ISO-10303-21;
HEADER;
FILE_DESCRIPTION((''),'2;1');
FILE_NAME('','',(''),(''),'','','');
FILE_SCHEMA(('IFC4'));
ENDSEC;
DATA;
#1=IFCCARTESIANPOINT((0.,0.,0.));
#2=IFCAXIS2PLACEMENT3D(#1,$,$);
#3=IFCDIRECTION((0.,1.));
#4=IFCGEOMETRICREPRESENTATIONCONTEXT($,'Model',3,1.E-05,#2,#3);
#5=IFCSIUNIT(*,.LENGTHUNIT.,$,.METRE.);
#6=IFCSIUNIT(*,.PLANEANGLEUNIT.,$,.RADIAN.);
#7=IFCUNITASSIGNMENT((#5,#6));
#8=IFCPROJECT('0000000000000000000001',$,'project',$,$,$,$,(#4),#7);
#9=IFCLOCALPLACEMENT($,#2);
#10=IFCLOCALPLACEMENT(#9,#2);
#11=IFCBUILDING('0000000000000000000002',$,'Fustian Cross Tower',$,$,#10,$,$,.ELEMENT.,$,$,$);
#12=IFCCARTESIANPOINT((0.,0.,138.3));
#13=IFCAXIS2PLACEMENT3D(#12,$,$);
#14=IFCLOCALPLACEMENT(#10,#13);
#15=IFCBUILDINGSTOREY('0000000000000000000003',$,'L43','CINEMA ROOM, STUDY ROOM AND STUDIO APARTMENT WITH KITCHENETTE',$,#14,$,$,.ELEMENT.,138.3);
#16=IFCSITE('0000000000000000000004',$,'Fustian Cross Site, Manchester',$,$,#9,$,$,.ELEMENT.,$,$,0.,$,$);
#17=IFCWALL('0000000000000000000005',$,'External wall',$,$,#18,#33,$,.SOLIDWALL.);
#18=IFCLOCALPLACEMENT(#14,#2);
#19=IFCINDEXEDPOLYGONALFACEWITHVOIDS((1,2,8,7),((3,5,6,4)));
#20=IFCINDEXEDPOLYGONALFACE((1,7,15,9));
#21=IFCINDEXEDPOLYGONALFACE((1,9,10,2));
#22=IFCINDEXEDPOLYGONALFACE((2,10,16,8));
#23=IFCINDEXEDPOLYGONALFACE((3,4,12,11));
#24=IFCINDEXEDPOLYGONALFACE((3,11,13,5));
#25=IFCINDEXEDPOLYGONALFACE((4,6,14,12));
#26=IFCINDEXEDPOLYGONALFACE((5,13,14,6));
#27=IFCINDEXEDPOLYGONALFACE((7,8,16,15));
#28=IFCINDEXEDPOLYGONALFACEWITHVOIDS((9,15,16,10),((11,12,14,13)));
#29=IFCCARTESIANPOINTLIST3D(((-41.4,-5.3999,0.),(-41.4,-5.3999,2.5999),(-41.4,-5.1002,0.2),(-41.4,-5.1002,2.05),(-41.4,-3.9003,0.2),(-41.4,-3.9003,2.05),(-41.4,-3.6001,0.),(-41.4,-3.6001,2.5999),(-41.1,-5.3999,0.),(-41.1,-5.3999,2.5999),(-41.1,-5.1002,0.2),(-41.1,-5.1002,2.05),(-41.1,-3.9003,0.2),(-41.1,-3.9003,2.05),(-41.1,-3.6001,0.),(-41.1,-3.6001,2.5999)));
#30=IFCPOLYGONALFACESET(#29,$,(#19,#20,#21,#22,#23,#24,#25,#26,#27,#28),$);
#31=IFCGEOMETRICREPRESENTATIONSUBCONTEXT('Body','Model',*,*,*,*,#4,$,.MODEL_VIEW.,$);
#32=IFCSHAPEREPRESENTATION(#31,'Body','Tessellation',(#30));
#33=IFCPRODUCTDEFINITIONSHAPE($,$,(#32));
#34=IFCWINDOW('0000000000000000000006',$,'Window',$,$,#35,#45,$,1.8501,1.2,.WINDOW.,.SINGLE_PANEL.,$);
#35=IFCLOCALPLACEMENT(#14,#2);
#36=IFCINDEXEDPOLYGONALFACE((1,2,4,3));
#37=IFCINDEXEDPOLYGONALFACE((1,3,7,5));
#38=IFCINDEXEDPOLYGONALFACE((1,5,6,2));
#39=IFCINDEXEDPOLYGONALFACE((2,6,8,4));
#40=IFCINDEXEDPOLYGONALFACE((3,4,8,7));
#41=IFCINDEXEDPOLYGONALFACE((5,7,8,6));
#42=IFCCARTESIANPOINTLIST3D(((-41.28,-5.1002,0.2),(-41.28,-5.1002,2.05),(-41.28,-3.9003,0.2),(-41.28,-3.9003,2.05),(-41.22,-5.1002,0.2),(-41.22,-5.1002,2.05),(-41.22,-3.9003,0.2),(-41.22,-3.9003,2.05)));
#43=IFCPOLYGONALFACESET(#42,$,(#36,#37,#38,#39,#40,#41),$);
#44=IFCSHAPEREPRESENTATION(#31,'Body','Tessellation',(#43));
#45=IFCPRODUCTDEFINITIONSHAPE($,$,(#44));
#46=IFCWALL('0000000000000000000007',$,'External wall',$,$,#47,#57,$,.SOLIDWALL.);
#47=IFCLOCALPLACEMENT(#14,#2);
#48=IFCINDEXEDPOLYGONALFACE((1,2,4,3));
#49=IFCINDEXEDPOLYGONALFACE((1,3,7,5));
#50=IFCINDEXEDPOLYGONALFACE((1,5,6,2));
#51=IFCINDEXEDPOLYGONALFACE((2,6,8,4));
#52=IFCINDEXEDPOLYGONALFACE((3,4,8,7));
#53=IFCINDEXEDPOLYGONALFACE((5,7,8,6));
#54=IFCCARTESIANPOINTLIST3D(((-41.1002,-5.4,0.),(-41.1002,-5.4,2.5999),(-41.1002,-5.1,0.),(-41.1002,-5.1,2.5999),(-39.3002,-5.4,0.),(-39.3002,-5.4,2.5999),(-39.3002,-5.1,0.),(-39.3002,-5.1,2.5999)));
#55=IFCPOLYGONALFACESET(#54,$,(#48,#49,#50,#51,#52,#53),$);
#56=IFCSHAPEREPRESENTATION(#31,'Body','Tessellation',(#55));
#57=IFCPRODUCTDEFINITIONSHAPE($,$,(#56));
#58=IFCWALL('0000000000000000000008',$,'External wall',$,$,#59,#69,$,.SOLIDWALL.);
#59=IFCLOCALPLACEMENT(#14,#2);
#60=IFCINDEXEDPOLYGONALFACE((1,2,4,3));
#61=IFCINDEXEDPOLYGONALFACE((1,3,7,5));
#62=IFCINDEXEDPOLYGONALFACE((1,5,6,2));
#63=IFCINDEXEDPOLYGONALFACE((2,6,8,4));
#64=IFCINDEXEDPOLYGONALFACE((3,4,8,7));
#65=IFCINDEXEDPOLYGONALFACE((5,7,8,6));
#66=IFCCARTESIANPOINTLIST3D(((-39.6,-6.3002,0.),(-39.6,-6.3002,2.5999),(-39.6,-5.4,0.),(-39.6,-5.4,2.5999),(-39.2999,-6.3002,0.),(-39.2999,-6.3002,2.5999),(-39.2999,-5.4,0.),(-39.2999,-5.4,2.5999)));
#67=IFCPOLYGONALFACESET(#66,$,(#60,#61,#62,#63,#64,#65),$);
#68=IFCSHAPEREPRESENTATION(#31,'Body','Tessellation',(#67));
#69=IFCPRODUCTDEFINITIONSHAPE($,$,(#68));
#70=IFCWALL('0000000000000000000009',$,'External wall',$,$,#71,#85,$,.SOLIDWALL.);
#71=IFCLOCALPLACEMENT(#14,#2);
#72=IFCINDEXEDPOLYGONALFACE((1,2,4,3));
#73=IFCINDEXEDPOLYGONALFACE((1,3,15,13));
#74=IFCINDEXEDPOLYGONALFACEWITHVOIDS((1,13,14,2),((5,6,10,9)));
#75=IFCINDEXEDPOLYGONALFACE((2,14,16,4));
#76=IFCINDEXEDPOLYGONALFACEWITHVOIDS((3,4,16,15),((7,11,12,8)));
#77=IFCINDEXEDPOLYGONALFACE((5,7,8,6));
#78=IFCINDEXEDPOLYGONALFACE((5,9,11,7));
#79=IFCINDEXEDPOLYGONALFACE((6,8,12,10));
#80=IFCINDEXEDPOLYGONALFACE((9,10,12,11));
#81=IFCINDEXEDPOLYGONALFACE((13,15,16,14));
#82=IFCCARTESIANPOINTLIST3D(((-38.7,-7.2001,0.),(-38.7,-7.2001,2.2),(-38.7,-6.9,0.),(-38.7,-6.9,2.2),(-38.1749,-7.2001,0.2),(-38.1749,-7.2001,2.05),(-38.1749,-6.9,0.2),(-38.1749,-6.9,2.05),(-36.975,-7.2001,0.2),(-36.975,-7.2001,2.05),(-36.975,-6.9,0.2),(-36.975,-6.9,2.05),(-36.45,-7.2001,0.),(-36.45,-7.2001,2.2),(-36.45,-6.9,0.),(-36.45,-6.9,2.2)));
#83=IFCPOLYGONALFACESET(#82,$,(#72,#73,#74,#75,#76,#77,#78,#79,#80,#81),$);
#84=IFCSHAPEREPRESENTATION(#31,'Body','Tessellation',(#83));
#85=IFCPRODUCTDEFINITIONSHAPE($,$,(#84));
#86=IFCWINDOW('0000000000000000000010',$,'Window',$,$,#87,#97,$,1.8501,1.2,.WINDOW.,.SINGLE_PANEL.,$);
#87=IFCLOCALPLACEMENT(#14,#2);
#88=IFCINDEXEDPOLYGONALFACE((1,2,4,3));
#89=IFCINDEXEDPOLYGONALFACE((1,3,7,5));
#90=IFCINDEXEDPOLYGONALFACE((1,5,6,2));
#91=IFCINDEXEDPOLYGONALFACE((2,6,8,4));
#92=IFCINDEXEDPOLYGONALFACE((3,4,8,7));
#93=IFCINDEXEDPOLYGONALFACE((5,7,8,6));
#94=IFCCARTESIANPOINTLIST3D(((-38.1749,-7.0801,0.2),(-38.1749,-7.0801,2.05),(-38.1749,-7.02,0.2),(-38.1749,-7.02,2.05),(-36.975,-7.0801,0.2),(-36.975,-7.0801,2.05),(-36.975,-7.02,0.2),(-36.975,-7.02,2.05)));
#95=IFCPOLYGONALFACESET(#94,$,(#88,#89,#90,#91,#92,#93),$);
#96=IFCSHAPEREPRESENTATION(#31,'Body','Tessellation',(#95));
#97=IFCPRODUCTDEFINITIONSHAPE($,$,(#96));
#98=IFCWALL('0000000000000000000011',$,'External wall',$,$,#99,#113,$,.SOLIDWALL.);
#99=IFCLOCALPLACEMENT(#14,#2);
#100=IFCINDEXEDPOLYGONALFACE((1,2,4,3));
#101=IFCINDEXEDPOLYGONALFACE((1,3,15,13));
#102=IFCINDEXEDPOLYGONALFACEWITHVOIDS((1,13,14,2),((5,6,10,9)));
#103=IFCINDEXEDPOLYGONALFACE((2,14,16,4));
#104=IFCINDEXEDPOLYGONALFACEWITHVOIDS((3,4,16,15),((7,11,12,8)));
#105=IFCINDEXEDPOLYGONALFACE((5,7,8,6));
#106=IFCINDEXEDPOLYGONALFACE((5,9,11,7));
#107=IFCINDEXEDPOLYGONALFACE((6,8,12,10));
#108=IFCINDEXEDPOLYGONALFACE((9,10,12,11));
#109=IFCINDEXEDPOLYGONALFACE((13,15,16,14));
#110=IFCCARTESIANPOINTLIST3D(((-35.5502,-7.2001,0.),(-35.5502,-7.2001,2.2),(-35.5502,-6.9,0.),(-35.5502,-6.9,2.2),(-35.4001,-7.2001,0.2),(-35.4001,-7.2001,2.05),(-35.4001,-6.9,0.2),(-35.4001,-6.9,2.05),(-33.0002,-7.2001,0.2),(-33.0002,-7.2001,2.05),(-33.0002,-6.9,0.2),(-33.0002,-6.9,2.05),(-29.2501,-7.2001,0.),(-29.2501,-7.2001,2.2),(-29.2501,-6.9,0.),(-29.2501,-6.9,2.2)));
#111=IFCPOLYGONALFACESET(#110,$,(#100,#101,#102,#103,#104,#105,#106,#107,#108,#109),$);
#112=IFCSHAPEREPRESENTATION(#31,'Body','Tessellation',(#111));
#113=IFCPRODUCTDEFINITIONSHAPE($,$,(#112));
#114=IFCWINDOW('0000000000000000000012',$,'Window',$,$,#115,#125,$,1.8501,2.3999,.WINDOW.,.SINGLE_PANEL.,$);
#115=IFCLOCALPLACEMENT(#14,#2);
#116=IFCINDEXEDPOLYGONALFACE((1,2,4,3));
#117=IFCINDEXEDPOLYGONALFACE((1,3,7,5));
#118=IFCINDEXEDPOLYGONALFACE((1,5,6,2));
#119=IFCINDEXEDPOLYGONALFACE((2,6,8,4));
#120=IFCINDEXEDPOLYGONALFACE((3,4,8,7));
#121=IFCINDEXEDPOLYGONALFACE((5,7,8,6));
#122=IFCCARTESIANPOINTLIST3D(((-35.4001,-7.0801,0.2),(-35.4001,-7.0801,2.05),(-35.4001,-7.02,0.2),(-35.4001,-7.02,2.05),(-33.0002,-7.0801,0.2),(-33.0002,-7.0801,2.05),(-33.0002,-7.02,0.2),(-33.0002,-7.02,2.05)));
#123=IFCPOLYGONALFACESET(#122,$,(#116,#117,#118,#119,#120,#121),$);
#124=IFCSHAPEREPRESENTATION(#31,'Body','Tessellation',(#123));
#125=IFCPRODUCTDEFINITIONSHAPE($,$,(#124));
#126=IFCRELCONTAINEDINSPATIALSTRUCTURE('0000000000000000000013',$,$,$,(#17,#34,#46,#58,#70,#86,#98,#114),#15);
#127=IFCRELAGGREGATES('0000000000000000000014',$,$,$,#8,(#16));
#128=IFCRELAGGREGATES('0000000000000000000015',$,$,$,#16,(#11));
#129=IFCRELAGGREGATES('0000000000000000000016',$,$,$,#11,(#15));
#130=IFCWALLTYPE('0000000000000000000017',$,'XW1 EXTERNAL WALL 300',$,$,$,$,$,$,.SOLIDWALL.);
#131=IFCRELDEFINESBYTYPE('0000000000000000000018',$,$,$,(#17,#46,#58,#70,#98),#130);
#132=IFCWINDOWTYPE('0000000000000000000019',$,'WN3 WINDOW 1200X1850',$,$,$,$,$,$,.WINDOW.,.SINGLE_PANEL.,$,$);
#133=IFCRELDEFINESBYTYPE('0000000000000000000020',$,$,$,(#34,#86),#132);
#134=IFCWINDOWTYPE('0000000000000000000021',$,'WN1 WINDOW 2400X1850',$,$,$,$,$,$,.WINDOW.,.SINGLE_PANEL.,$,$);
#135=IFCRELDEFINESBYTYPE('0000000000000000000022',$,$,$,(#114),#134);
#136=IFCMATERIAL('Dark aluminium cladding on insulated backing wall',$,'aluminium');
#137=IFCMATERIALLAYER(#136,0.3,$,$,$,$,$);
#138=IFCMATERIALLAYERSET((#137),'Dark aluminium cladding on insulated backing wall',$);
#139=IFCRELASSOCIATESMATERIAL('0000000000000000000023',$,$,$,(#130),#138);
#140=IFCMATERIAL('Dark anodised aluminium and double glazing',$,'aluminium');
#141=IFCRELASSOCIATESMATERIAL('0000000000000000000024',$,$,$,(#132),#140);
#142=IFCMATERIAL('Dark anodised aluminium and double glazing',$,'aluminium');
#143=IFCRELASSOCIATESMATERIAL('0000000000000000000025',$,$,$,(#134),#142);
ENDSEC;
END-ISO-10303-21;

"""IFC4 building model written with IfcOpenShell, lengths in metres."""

from ifc_helpers import new_model, si_unit, direction, frame, frame_2d, origin, place, context, subcontext, project, spatial, rectangle, extrude, material, layer, layer_set, type_object, element, fill, save


model = new_model("IFC4")

# Units and contexts
model_context = context("Model", 3, precision=1e-05, world=origin(), true_north=direction((0.0, 1.0)))
body_context = subcontext(model_context, "Body", "Model", "MODEL_VIEW")
ifc_project = project(units=[si_unit("LENGTHUNIT", "METRE"), si_unit("PLANEANGLEUNIT", "RADIAN")], contexts=[model_context])

# Site, building, storey
site_placement = place(None, origin())
site = spatial("IfcSite", under=ifc_project, at=site_placement, Name="Fustian Cross Site, Manchester", CompositionType="ELEMENT", RefElevation=0.0)
building_placement = place(site_placement, origin())
building = spatial("IfcBuilding", under=site, at=building_placement, Name="Fustian Cross Tower", CompositionType="ELEMENT")
storey_placement = place(building_placement, frame((0.0, 0.0, 138.3)))
storey = spatial("IfcBuildingStorey", under=building, at=storey_placement, Name="L43", Description="CINEMA ROOM, STUDY ROOM AND STUDIO APARTMENT WITH KITCHENETTE", CompositionType="ELEMENT", Elevation=138.3)

# Shared definitions
ifc_material_1 = material(Name="Dark aluminium cladding on insulated backing wall", Category="aluminium")
ifc_layer_1 = layer(ifc_material_1, 0.3)
ifc_layer_set_1 = layer_set([ifc_layer_1], Name="Dark aluminium cladding on insulated backing wall")
wall_type_1 = type_object("IfcWallType", Name="XW1 EXTERNAL WALL 300", PredefinedType="SOLIDWALL", material=ifc_layer_set_1)

# Wall, opening, window
wall_1_placement = place(storey_placement, frame((-41.25, -3.6001, 0.0), z_axis=(0.0, 0.0, 1.0), x_axis=(0.0, -1.0, 0.0)))
wall_1 = element("IfcWall", 1, at=wall_1_placement, inside=storey, type_object=wall_type_1, Name="External wall", PredefinedType="SOLIDWALL", context=body_context, shape_type="SweptSolid", body=[
    extrude(rectangle(XDim=1.7998, YDim=0.3, at=frame_2d((0.8999, 0.0))), origin(), (0.0, 0.0, 1.0), 2.5999),
])
opening_1_placement = place(wall_1_placement, frame((0.3, 0.0, 0.2)))
opening_1 = element("IfcOpeningElement", 2, at=opening_1_placement, cuts=wall_1, PredefinedType="OPENING", context=body_context, shape_type="SweptSolid", body=[
    extrude(rectangle(XDim=1.2, YDim=1.8501, at=frame_2d((0.6001, 0.925))), frame((0.0, 0.1599, 0.0), z_axis=(0.0, -1.0, 0.0), x_axis=(1.0, 0.0, 0.0)), (0.0, 0.0, 1.0), 0.3201),
])
ifc_material_2 = material(Name="Dark anodised aluminium and double glazing", Category="aluminium")
window_type_1 = type_object("IfcWindowType", Name="WN3 WINDOW 1200X1850", PartitioningType="SINGLE_PANEL", PredefinedType="WINDOW", material=ifc_material_2)
window_1_placement = place(opening_1_placement, origin())
window_1 = element("IfcWindow", 3, at=window_1_placement, inside=storey, type_object=window_type_1, Name="Window", OverallHeight=1.8501, OverallWidth=1.2, PartitioningType="SINGLE_PANEL", PredefinedType="WINDOW", context=body_context, shape_type="SweptSolid", body=[
    extrude(rectangle(XDim=1.2, YDim=1.8501, at=frame_2d((0.6001, 0.925))), frame((0.0, 0.03, 0.0), z_axis=(0.0, -1.0, 0.0), x_axis=(1.0, 0.0, 0.0)), (0.0, 0.0, 1.0), 0.0601),
])
fill(opening_1, window_1)

# Walls
wall_2_placement = place(storey_placement, frame((-41.1001, -5.25, 0.0), z_axis=(0.0, 0.0, 1.0), x_axis=(1.0, 0.0, 0.0)))
element("IfcWall", 4, at=wall_2_placement, inside=storey, type_object=wall_type_1, Name="External wall", PredefinedType="SOLIDWALL", context=body_context, shape_type="SweptSolid", body=[
    extrude(rectangle(XDim=1.8, YDim=0.3, at=frame_2d((0.8999, 0.0))), origin(), (0.0, 0.0, 1.0), 2.5999),
])
wall_3_placement = place(storey_placement, frame((-39.45, -5.3999, 0.0), z_axis=(0.0, 0.0, 1.0), x_axis=(0.0, -1.0, 0.0)))
element("IfcWall", 5, at=wall_3_placement, inside=storey, type_object=wall_type_1, Name="External wall", PredefinedType="SOLIDWALL", context=body_context, shape_type="SweptSolid", body=[
    extrude(rectangle(XDim=0.9001, YDim=0.3, at=frame_2d((0.4502, 0.0))), origin(), (0.0, 0.0, 1.0), 2.5999),
])

# Walls, openings, windows
wall_4_placement = place(storey_placement, frame((-38.7, -7.05, 0.0), z_axis=(0.0, 0.0, 1.0), x_axis=(1.0, 0.0, 0.0)))
wall_4 = element("IfcWall", 6, at=wall_4_placement, inside=storey, type_object=wall_type_1, Name="External wall", PredefinedType="SOLIDWALL", context=body_context, shape_type="SweptSolid", body=[
    extrude(rectangle(XDim=2.25, YDim=0.3, at=frame_2d((1.125, 0.0))), origin(), (0.0, 0.0, 1.0), 2.2),
])
opening_2_placement = place(wall_4_placement, frame((0.5249, 0.0, 0.2)))
opening_2 = element("IfcOpeningElement", 7, at=opening_2_placement, cuts=wall_4, PredefinedType="OPENING", context=body_context, shape_type="SweptSolid", body=[
    extrude(rectangle(XDim=1.2, YDim=1.8501, at=frame_2d((0.6001, 0.925))), frame((0.0, 0.1599, 0.0), z_axis=(0.0, -1.0, 0.0), x_axis=(1.0, 0.0, 0.0)), (0.0, 0.0, 1.0), 0.3201),
])
window_2_placement = place(opening_2_placement, origin())
window_2 = element("IfcWindow", 8, at=window_2_placement, inside=storey, type_object=window_type_1, Name="Window", OverallHeight=1.8501, OverallWidth=1.2, PartitioningType="SINGLE_PANEL", PredefinedType="WINDOW", context=body_context, shape_type="SweptSolid", body=[
    extrude(rectangle(XDim=1.2, YDim=1.8501, at=frame_2d((0.6001, 0.925))), frame((0.0, 0.03, 0.0), z_axis=(0.0, -1.0, 0.0), x_axis=(1.0, 0.0, 0.0)), (0.0, 0.0, 1.0), 0.0601),
])
fill(opening_2, window_2)
wall_5_placement = place(storey_placement, frame((-35.55, -7.05, 0.0), z_axis=(0.0, 0.0, 1.0), x_axis=(1.0, 0.0, 0.0)))
wall_5 = element("IfcWall", 9, at=wall_5_placement, inside=storey, type_object=wall_type_1, Name="External wall", PredefinedType="SOLIDWALL", context=body_context, shape_type="SweptSolid", body=[
    extrude(rectangle(XDim=6.3, YDim=0.3, at=frame_2d((3.1499, 0.0))), origin(), (0.0, 0.0, 1.0), 2.2),
])
opening_3_placement = place(wall_5_placement, frame((0.1499, 0.0, 0.2)))
opening_3 = element("IfcOpeningElement", 10, at=opening_3_placement, cuts=wall_5, PredefinedType="OPENING", context=body_context, shape_type="SweptSolid", body=[
    extrude(rectangle(XDim=2.3999, YDim=1.8501, at=frame_2d((1.2, 0.925))), frame((0.0, 0.1599, 0.0), z_axis=(0.0, -1.0, 0.0), x_axis=(1.0, 0.0, 0.0)), (0.0, 0.0, 1.0), 0.3201),
])
ifc_material_3 = material(Name="Dark anodised aluminium and double glazing", Category="aluminium")
window_type_2 = type_object("IfcWindowType", Name="WN1 WINDOW 2400X1850", PartitioningType="SINGLE_PANEL", PredefinedType="WINDOW", material=ifc_material_3)
window_3_placement = place(opening_3_placement, origin())
window_3 = element("IfcWindow", 11, at=window_3_placement, inside=storey, type_object=window_type_2, Name="Window", OverallHeight=1.8501, OverallWidth=2.3999, PartitioningType="SINGLE_PANEL", PredefinedType="WINDOW", context=body_context, shape_type="SweptSolid", body=[
    extrude(rectangle(XDim=2.3999, YDim=1.8501, at=frame_2d((1.2, 0.925))), frame((0.0, 0.03, 0.0), z_axis=(0.0, -1.0, 0.0), x_axis=(1.0, 0.0, 0.0)), (0.0, 0.0, 1.0), 0.0601),
])
fill(opening_3, window_3)

save(model, "model.ifc")
